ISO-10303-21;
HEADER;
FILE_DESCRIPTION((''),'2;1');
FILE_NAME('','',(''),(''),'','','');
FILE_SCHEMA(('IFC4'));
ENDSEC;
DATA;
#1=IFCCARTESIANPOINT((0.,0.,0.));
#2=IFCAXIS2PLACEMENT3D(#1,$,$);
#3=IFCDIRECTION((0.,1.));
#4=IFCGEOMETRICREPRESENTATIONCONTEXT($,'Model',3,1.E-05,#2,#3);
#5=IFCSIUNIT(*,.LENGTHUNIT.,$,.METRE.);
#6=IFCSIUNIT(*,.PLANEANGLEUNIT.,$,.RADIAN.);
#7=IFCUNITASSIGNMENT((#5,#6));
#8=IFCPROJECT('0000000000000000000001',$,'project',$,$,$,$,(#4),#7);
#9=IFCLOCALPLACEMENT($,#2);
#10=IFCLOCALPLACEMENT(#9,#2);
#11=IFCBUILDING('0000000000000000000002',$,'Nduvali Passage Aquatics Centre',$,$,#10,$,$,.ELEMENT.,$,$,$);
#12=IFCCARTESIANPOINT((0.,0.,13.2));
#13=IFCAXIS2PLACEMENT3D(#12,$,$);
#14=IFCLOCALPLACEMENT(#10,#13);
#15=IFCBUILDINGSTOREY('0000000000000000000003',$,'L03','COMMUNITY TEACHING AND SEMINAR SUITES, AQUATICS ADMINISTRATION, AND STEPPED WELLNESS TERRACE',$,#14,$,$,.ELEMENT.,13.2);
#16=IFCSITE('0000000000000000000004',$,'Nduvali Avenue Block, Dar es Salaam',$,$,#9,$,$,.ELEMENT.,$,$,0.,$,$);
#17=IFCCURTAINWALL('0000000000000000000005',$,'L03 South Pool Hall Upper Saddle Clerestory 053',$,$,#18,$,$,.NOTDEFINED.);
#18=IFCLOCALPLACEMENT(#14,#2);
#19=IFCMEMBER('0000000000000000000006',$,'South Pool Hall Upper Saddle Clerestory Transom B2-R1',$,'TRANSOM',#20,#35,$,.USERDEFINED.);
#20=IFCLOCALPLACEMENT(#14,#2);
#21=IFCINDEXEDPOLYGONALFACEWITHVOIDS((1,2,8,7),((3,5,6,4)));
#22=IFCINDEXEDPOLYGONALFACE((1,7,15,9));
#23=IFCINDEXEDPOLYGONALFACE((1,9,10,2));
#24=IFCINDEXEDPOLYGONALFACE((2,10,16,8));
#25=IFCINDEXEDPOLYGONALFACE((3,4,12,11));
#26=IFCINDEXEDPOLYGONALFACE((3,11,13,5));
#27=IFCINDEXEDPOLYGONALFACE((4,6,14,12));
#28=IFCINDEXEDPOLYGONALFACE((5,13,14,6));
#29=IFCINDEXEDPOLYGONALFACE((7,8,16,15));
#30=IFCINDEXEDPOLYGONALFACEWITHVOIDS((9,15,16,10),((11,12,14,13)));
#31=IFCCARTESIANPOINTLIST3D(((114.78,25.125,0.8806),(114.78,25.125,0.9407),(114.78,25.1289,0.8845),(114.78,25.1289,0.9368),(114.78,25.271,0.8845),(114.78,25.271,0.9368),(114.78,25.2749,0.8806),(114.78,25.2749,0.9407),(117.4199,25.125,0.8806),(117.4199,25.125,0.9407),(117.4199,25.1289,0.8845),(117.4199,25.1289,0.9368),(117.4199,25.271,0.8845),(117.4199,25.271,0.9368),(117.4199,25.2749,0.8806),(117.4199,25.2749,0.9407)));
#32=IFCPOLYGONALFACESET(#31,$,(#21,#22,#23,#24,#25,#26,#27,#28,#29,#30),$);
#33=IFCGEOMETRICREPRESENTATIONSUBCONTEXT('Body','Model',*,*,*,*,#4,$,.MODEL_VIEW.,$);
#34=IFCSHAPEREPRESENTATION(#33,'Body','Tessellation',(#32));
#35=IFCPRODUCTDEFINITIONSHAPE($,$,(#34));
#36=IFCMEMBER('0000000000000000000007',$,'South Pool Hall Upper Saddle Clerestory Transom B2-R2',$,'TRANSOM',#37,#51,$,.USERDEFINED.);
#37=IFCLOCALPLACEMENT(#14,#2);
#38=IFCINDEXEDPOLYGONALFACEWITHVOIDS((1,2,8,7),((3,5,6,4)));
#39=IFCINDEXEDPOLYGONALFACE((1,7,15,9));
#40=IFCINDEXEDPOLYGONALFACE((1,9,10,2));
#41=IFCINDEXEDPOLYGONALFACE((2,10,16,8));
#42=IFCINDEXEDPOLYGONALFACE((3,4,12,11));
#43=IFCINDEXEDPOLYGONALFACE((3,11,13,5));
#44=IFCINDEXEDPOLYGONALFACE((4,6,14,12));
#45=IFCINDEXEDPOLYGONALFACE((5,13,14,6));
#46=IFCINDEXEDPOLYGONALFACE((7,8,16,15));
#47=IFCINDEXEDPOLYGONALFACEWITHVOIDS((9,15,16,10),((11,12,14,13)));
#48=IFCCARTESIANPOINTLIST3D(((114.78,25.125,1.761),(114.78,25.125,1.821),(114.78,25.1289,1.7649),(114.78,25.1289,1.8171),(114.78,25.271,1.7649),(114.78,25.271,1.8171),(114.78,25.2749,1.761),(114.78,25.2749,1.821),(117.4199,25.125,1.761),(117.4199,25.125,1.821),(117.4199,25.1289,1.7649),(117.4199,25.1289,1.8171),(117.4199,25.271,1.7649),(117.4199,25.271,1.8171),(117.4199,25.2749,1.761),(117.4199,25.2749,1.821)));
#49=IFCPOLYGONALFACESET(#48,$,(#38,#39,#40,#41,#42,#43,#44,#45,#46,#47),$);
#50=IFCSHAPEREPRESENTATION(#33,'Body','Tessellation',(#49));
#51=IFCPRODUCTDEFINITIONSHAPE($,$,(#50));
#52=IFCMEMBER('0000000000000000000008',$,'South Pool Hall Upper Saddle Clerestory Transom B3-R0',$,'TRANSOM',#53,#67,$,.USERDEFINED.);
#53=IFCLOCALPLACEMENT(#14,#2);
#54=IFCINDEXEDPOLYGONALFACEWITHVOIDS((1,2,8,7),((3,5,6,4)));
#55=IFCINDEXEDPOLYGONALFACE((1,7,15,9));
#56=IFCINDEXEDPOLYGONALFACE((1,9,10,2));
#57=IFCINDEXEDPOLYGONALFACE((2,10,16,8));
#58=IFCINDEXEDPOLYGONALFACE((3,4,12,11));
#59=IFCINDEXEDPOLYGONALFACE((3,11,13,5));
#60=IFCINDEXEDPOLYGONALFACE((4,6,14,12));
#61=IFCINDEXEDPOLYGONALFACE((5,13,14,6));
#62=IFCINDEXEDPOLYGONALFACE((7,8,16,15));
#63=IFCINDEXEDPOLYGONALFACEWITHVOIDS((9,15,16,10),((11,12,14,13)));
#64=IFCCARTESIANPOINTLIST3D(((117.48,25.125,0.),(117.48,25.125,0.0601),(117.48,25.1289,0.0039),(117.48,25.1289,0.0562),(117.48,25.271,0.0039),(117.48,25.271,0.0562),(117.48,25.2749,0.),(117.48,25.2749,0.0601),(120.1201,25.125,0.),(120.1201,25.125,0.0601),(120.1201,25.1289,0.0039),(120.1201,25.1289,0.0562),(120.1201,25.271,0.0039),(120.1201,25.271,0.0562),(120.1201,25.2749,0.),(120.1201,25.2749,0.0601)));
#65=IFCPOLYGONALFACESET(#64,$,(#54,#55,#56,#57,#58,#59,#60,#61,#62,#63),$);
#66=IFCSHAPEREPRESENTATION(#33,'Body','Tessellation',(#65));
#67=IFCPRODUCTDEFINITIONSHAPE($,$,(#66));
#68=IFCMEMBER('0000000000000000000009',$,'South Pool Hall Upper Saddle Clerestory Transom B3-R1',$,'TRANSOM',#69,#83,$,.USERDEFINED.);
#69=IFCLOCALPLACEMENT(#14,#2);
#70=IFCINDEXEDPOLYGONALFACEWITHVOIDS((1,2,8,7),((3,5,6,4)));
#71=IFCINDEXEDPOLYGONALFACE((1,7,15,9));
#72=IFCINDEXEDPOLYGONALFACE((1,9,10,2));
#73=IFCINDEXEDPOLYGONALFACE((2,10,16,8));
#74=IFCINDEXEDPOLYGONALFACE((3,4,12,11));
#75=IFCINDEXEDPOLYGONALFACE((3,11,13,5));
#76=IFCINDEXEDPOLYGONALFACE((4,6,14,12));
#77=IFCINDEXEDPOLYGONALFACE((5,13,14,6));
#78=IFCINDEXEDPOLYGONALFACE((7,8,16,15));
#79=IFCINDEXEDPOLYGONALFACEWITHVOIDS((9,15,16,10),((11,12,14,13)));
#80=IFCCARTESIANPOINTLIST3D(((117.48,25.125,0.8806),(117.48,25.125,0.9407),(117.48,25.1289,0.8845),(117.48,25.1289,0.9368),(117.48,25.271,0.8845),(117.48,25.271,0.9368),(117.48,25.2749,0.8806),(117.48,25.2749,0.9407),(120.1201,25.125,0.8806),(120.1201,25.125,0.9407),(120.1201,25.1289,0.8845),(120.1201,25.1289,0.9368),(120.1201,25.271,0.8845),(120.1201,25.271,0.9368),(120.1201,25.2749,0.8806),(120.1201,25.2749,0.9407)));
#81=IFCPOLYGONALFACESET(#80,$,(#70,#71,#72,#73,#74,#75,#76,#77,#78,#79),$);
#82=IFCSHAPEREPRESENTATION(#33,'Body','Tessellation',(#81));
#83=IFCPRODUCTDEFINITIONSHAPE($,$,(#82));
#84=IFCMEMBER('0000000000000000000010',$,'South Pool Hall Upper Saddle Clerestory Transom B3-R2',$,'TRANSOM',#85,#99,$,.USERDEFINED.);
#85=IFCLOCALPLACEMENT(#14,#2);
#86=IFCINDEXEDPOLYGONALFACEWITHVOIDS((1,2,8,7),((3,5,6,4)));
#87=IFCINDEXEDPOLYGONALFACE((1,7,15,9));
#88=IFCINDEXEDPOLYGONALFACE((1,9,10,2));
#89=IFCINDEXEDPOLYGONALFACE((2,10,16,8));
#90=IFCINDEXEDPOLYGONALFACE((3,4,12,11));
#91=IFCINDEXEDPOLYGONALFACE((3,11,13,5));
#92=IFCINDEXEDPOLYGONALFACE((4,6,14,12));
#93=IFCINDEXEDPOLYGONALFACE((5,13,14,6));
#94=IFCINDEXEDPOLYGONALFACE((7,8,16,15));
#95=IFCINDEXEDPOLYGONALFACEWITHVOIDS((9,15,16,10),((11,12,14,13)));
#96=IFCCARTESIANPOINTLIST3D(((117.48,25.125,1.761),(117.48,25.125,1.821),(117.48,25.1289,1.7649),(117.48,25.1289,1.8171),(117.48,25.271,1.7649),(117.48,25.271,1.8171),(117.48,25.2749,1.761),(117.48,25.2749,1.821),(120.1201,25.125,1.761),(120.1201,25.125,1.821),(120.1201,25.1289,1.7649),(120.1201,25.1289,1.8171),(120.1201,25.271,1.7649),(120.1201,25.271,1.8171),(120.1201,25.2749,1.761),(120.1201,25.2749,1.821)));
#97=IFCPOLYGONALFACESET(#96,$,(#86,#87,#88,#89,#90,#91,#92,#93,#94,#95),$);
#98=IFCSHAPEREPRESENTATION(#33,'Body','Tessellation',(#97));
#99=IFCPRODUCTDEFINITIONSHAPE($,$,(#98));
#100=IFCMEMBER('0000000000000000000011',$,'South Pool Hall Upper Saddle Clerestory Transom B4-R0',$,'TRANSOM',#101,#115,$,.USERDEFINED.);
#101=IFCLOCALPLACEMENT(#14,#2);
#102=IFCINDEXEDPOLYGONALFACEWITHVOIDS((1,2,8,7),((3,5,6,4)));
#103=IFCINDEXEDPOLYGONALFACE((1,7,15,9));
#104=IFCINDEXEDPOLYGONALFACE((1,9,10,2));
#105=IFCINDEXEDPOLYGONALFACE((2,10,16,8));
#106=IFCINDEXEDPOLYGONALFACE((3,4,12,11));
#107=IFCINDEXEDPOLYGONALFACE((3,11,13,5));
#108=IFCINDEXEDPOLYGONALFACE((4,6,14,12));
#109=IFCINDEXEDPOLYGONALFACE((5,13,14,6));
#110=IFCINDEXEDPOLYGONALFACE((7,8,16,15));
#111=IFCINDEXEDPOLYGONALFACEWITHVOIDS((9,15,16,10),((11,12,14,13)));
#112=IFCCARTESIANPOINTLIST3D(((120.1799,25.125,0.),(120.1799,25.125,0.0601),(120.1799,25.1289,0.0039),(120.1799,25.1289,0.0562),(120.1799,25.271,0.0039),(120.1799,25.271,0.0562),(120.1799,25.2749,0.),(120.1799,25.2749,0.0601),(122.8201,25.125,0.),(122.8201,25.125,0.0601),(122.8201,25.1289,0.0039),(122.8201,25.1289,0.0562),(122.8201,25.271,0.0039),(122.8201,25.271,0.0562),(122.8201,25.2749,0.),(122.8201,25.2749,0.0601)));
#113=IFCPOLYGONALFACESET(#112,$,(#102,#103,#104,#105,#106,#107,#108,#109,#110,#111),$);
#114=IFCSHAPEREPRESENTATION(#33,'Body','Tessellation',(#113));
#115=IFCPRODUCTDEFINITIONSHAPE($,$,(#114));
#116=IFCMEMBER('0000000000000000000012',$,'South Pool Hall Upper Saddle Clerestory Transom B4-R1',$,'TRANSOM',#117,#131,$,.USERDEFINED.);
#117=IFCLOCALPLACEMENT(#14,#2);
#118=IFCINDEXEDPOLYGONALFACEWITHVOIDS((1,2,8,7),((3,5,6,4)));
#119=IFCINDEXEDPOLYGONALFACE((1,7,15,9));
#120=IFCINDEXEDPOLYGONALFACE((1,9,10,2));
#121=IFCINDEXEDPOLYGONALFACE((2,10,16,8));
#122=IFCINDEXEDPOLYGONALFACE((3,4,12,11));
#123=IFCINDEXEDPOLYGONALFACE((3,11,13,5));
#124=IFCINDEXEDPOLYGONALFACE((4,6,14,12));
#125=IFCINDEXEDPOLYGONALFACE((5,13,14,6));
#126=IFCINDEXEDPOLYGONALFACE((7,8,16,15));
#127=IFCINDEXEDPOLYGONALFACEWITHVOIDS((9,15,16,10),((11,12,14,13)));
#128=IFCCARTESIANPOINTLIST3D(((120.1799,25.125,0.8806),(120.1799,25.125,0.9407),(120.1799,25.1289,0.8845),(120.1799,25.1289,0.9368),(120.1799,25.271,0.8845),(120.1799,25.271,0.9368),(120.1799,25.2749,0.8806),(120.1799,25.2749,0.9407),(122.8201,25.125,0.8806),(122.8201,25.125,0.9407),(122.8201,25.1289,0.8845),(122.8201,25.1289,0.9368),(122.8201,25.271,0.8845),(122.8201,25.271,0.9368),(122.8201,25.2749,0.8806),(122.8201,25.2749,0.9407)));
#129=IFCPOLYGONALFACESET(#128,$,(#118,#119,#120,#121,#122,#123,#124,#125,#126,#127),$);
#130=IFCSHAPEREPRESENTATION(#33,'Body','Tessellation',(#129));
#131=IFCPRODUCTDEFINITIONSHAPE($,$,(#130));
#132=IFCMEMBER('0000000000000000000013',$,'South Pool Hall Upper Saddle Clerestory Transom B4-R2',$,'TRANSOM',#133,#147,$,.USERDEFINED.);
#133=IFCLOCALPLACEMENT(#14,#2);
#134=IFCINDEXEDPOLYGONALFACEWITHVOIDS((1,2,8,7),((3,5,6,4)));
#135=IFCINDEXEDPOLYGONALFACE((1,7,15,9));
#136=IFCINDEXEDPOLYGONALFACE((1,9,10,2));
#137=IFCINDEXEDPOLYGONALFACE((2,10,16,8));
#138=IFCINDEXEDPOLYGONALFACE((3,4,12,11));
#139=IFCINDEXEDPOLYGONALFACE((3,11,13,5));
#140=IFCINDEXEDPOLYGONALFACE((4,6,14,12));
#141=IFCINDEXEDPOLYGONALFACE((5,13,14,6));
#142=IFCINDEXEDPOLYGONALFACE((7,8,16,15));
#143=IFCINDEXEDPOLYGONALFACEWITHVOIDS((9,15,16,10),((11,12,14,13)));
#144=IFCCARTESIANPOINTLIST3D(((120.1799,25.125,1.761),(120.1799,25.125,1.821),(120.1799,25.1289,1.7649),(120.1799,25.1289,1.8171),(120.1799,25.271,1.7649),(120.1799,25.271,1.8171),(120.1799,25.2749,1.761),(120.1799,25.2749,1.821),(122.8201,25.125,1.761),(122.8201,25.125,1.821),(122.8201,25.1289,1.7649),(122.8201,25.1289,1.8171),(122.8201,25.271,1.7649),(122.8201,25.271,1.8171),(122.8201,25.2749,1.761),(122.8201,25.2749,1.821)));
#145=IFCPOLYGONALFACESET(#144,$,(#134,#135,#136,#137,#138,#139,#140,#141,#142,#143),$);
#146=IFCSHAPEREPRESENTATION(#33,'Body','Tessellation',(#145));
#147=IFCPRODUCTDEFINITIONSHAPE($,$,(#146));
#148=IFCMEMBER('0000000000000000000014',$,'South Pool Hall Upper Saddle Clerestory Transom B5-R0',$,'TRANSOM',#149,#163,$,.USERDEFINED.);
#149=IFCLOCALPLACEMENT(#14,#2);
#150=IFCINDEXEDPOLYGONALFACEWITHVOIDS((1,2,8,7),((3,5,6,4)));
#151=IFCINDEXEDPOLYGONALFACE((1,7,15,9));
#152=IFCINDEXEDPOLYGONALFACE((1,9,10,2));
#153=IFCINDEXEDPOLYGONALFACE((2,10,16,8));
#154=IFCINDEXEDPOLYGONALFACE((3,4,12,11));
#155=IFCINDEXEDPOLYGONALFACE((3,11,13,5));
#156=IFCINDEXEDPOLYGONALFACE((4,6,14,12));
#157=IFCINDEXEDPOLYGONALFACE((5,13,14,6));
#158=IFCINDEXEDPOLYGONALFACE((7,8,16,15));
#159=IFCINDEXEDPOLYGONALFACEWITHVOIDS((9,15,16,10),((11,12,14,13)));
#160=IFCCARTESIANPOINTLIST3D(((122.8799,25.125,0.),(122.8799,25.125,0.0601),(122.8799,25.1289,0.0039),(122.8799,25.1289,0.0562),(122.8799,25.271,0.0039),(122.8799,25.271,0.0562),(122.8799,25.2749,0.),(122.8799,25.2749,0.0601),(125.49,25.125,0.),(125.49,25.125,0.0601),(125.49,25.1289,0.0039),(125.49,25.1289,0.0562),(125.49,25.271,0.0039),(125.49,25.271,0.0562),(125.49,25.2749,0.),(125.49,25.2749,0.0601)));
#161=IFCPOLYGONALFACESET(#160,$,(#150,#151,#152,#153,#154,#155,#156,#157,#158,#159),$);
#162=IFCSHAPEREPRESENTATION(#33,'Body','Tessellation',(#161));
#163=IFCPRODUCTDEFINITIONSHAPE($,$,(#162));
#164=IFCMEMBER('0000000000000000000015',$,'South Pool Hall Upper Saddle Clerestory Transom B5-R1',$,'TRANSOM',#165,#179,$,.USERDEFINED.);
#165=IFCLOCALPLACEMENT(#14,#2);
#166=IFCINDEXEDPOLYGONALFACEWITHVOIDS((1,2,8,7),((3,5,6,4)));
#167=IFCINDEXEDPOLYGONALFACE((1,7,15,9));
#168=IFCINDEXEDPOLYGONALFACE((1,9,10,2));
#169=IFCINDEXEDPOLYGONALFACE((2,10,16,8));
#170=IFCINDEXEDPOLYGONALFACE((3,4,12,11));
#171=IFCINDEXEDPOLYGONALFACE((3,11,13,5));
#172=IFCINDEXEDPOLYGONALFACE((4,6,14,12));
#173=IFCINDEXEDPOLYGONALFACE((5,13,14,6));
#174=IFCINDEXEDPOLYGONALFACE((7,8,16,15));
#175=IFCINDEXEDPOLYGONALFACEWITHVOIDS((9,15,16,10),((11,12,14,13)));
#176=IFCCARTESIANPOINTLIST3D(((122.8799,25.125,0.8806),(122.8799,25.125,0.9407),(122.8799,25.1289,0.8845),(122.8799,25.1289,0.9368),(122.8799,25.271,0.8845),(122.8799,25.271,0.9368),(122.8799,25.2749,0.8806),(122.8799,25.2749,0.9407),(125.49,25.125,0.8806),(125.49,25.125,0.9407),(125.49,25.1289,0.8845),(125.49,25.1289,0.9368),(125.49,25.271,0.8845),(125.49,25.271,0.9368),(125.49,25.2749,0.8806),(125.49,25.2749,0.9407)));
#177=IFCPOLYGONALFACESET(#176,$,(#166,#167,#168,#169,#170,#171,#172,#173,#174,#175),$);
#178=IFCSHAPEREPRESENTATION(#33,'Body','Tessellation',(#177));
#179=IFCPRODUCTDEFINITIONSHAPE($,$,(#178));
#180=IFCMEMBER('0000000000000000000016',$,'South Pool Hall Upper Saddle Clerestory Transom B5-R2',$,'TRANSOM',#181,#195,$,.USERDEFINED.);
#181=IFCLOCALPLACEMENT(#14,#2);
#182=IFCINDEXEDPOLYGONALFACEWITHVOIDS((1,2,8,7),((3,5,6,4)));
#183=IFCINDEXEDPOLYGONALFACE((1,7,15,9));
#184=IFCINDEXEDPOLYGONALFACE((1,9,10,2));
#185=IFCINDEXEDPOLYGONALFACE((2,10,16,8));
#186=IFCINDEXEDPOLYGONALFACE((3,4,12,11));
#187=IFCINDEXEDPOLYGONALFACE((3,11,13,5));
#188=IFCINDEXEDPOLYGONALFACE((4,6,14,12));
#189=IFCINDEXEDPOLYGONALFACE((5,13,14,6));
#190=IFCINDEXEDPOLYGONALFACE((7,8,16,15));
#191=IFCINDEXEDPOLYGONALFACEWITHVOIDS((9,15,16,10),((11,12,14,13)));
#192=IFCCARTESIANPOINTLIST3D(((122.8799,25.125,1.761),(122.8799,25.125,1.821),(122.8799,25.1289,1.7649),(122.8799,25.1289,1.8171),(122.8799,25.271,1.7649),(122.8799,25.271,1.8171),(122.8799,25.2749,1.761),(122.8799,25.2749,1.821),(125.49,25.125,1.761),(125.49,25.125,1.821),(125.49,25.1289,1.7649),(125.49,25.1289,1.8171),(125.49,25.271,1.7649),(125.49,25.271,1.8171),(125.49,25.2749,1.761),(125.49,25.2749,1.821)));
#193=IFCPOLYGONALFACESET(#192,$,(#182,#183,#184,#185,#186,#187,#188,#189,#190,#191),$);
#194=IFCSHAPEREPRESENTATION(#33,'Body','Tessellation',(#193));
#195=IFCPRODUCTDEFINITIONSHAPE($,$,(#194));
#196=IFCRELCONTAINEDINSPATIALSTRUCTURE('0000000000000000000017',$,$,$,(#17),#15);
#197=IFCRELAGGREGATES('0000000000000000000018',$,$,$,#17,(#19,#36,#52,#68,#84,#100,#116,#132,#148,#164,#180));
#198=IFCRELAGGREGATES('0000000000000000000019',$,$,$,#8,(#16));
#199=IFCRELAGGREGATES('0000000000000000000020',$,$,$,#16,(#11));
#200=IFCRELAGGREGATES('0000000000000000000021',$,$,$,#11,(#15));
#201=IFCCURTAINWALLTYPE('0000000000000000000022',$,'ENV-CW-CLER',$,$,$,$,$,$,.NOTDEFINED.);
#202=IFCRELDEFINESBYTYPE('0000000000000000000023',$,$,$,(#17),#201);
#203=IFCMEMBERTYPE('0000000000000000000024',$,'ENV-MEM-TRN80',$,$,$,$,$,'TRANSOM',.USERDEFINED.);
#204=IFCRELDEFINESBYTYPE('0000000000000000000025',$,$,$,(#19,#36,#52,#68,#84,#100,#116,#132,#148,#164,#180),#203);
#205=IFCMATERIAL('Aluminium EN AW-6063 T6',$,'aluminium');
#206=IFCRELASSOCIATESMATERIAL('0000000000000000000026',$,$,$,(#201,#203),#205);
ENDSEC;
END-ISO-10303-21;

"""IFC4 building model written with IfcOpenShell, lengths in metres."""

from ifc_helpers import new_model, si_unit, direction, frame, origin, origin_2d, place, context, subcontext, project, spatial, hollow_rectangle, extrude, material, material_profile, profile_set, type_object, element, aggregate, save


model = new_model("IFC4")

# Units and contexts
model_context = context("Model", 3, precision=1e-05, world=origin(), true_north=direction((0.0, 1.0)))
body_context = subcontext(model_context, "Body", "Model", "MODEL_VIEW")
ifc_project = project(units=[si_unit("LENGTHUNIT", "METRE"), si_unit("PLANEANGLEUNIT", "RADIAN")], contexts=[model_context])

# Site, building, storey
site_placement = place(None, origin())
site = spatial("IfcSite", under=ifc_project, at=site_placement, Name="Nduvali Avenue Block, Dar es Salaam", CompositionType="ELEMENT", RefElevation=0.0)
building_placement = place(site_placement, origin())
building = spatial("IfcBuilding", under=site, at=building_placement, Name="Nduvali Passage Aquatics Centre", CompositionType="ELEMENT")
storey_placement = place(building_placement, frame((0.0, 0.0, 13.2)))
storey = spatial("IfcBuildingStorey", under=building, at=storey_placement, Name="L03", Description="COMMUNITY TEACHING AND SEMINAR SUITES, AQUATICS ADMINISTRATION, AND STEPPED WELLNESS TERRACE", CompositionType="ELEMENT", Elevation=13.2)

# Curtain wall, members
ifc_material_1 = material(Name="Aluminium EN AW-6063 T6", Category="aluminium")
curtain_wall_type = type_object("IfcCurtainWallType", Name="ENV-CW-CLER", PredefinedType="NOTDEFINED", material=ifc_material_1)
curtain_wall_placement = place(storey_placement, origin())
curtain_wall = element("IfcCurtainWall", 1, at=curtain_wall_placement, inside=storey, type_object=curtain_wall_type, Name="L03 South Pool Hall Upper Saddle Clerestory 053", PredefinedType="NOTDEFINED")
ifc_material_profile_1 = material_profile(ifc_material_1, hollow_rectangle(XDim=0.1499, YDim=0.0601, WallThickness=0.0039, at=origin_2d()), Name="ALU TRANSOM 150x60x4")
ifc_profile_set_1 = profile_set([ifc_material_profile_1], Name="Aluminium EN AW-6063 T6")
member_type_1 = type_object("IfcMemberType", Name="ENV-MEM-TRN80", ElementType="TRANSOM", PredefinedType="USERDEFINED", material=ifc_profile_set_1)
member_1_placement = place(storey_placement, frame((114.78, 25.2, 0.9106), z_axis=(1.0, 0.0, 0.0), x_axis=(0.0, 1.0, 0.0)))
member_1 = element("IfcMember", 2, at=member_1_placement, type_object=member_type_1, Name="South Pool Hall Upper Saddle Clerestory Transom B2-R1", ObjectType="TRANSOM", PredefinedType="USERDEFINED", context=body_context, shape_type="SweptSolid", body=[
    extrude(hollow_rectangle(XDim=0.1499, YDim=0.0601, WallThickness=0.0039, at=origin_2d()), origin(), (0.0, 0.0, 1.0), 2.6399),
])
member_2_placement = place(storey_placement, frame((114.78, 25.2, 1.791), z_axis=(1.0, 0.0, 0.0), x_axis=(0.0, 1.0, 0.0)))
member_2 = element("IfcMember", 3, at=member_2_placement, type_object=member_type_1, Name="South Pool Hall Upper Saddle Clerestory Transom B2-R2", ObjectType="TRANSOM", PredefinedType="USERDEFINED", context=body_context, shape_type="SweptSolid", body=[
    extrude(hollow_rectangle(XDim=0.1499, YDim=0.0601, WallThickness=0.0039, at=origin_2d()), origin(), (0.0, 0.0, 1.0), 2.6399),
])
member_3_placement = place(storey_placement, frame((117.48, 25.2, 0.03), z_axis=(1.0, 0.0, 0.0), x_axis=(0.0, 1.0, 0.0)))
member_3 = element("IfcMember", 4, at=member_3_placement, type_object=member_type_1, Name="South Pool Hall Upper Saddle Clerestory Transom B3-R0", ObjectType="TRANSOM", PredefinedType="USERDEFINED", context=body_context, shape_type="SweptSolid", body=[
    extrude(hollow_rectangle(XDim=0.1499, YDim=0.0601, WallThickness=0.0039, at=origin_2d()), origin(), (0.0, 0.0, 1.0), 2.6401),
])
member_4_placement = place(storey_placement, frame((117.48, 25.2, 0.9106), z_axis=(1.0, 0.0, 0.0), x_axis=(0.0, 1.0, 0.0)))
member_4 = element("IfcMember", 5, at=member_4_placement, type_object=member_type_1, Name="South Pool Hall Upper Saddle Clerestory Transom B3-R1", ObjectType="TRANSOM", PredefinedType="USERDEFINED", context=body_context, shape_type="SweptSolid", body=[
    extrude(hollow_rectangle(XDim=0.1499, YDim=0.0601, WallThickness=0.0039, at=origin_2d()), origin(), (0.0, 0.0, 1.0), 2.6401),
])
member_5_placement = place(storey_placement, frame((117.48, 25.2, 1.791), z_axis=(1.0, 0.0, 0.0), x_axis=(0.0, 1.0, 0.0)))
member_5 = element("IfcMember", 6, at=member_5_placement, type_object=member_type_1, Name="South Pool Hall Upper Saddle Clerestory Transom B3-R2", ObjectType="TRANSOM", PredefinedType="USERDEFINED", context=body_context, shape_type="SweptSolid", body=[
    extrude(hollow_rectangle(XDim=0.1499, YDim=0.0601, WallThickness=0.0039, at=origin_2d()), origin(), (0.0, 0.0, 1.0), 2.6401),
])
member_6_placement = place(storey_placement, frame((120.1799, 25.2, 0.03), z_axis=(1.0, 0.0, 0.0), x_axis=(0.0, 1.0, 0.0)))
member_6 = element("IfcMember", 7, at=member_6_placement, type_object=member_type_1, Name="South Pool Hall Upper Saddle Clerestory Transom B4-R0", ObjectType="TRANSOM", PredefinedType="USERDEFINED", context=body_context, shape_type="SweptSolid", body=[
    extrude(hollow_rectangle(XDim=0.1499, YDim=0.0601, WallThickness=0.0039, at=origin_2d()), origin(), (0.0, 0.0, 1.0), 2.6401),
])
member_7_placement = place(storey_placement, frame((120.1799, 25.2, 0.9106), z_axis=(1.0, 0.0, 0.0), x_axis=(0.0, 1.0, 0.0)))
member_7 = element("IfcMember", 8, at=member_7_placement, type_object=member_type_1, Name="South Pool Hall Upper Saddle Clerestory Transom B4-R1", ObjectType="TRANSOM", PredefinedType="USERDEFINED", context=body_context, shape_type="SweptSolid", body=[
    extrude(hollow_rectangle(XDim=0.1499, YDim=0.0601, WallThickness=0.0039, at=origin_2d()), origin(), (0.0, 0.0, 1.0), 2.6401),
])
member_8_placement = place(storey_placement, frame((120.1799, 25.2, 1.791), z_axis=(1.0, 0.0, 0.0), x_axis=(0.0, 1.0, 0.0)))
member_8 = element("IfcMember", 9, at=member_8_placement, type_object=member_type_1, Name="South Pool Hall Upper Saddle Clerestory Transom B4-R2", ObjectType="TRANSOM", PredefinedType="USERDEFINED", context=body_context, shape_type="SweptSolid", body=[
    extrude(hollow_rectangle(XDim=0.1499, YDim=0.0601, WallThickness=0.0039, at=origin_2d()), origin(), (0.0, 0.0, 1.0), 2.6401),
])
member_9_placement = place(storey_placement, frame((122.8799, 25.2, 0.03), z_axis=(1.0, 0.0, 0.0), x_axis=(0.0, 1.0, 0.0)))
member_9 = element("IfcMember", 10, at=member_9_placement, type_object=member_type_1, Name="South Pool Hall Upper Saddle Clerestory Transom B5-R0", ObjectType="TRANSOM", PredefinedType="USERDEFINED", context=body_context, shape_type="SweptSolid", body=[
    extrude(hollow_rectangle(XDim=0.1499, YDim=0.0601, WallThickness=0.0039, at=origin_2d()), origin(), (0.0, 0.0, 1.0), 2.6101),
])
member_10_placement = place(storey_placement, frame((122.8799, 25.2, 0.9106), z_axis=(1.0, 0.0, 0.0), x_axis=(0.0, 1.0, 0.0)))
member_10 = element("IfcMember", 11, at=member_10_placement, type_object=member_type_1, Name="South Pool Hall Upper Saddle Clerestory Transom B5-R1", ObjectType="TRANSOM", PredefinedType="USERDEFINED", context=body_context, shape_type="SweptSolid", body=[
    extrude(hollow_rectangle(XDim=0.1499, YDim=0.0601, WallThickness=0.0039, at=origin_2d()), origin(), (0.0, 0.0, 1.0), 2.6101),
])
member_11_placement = place(storey_placement, frame((122.8799, 25.2, 1.791), z_axis=(1.0, 0.0, 0.0), x_axis=(0.0, 1.0, 0.0)))
member_11 = element("IfcMember", 12, at=member_11_placement, type_object=member_type_1, Name="South Pool Hall Upper Saddle Clerestory Transom B5-R2", ObjectType="TRANSOM", PredefinedType="USERDEFINED", context=body_context, shape_type="SweptSolid", body=[
    extrude(hollow_rectangle(XDim=0.1499, YDim=0.0601, WallThickness=0.0039, at=origin_2d()), origin(), (0.0, 0.0, 1.0), 2.6101),
])

aggregate(curtain_wall, [member_1, member_2, member_3, member_4, member_5, member_6, member_7, member_8, member_9, member_10, member_11])

save(model, "model.ifc")
